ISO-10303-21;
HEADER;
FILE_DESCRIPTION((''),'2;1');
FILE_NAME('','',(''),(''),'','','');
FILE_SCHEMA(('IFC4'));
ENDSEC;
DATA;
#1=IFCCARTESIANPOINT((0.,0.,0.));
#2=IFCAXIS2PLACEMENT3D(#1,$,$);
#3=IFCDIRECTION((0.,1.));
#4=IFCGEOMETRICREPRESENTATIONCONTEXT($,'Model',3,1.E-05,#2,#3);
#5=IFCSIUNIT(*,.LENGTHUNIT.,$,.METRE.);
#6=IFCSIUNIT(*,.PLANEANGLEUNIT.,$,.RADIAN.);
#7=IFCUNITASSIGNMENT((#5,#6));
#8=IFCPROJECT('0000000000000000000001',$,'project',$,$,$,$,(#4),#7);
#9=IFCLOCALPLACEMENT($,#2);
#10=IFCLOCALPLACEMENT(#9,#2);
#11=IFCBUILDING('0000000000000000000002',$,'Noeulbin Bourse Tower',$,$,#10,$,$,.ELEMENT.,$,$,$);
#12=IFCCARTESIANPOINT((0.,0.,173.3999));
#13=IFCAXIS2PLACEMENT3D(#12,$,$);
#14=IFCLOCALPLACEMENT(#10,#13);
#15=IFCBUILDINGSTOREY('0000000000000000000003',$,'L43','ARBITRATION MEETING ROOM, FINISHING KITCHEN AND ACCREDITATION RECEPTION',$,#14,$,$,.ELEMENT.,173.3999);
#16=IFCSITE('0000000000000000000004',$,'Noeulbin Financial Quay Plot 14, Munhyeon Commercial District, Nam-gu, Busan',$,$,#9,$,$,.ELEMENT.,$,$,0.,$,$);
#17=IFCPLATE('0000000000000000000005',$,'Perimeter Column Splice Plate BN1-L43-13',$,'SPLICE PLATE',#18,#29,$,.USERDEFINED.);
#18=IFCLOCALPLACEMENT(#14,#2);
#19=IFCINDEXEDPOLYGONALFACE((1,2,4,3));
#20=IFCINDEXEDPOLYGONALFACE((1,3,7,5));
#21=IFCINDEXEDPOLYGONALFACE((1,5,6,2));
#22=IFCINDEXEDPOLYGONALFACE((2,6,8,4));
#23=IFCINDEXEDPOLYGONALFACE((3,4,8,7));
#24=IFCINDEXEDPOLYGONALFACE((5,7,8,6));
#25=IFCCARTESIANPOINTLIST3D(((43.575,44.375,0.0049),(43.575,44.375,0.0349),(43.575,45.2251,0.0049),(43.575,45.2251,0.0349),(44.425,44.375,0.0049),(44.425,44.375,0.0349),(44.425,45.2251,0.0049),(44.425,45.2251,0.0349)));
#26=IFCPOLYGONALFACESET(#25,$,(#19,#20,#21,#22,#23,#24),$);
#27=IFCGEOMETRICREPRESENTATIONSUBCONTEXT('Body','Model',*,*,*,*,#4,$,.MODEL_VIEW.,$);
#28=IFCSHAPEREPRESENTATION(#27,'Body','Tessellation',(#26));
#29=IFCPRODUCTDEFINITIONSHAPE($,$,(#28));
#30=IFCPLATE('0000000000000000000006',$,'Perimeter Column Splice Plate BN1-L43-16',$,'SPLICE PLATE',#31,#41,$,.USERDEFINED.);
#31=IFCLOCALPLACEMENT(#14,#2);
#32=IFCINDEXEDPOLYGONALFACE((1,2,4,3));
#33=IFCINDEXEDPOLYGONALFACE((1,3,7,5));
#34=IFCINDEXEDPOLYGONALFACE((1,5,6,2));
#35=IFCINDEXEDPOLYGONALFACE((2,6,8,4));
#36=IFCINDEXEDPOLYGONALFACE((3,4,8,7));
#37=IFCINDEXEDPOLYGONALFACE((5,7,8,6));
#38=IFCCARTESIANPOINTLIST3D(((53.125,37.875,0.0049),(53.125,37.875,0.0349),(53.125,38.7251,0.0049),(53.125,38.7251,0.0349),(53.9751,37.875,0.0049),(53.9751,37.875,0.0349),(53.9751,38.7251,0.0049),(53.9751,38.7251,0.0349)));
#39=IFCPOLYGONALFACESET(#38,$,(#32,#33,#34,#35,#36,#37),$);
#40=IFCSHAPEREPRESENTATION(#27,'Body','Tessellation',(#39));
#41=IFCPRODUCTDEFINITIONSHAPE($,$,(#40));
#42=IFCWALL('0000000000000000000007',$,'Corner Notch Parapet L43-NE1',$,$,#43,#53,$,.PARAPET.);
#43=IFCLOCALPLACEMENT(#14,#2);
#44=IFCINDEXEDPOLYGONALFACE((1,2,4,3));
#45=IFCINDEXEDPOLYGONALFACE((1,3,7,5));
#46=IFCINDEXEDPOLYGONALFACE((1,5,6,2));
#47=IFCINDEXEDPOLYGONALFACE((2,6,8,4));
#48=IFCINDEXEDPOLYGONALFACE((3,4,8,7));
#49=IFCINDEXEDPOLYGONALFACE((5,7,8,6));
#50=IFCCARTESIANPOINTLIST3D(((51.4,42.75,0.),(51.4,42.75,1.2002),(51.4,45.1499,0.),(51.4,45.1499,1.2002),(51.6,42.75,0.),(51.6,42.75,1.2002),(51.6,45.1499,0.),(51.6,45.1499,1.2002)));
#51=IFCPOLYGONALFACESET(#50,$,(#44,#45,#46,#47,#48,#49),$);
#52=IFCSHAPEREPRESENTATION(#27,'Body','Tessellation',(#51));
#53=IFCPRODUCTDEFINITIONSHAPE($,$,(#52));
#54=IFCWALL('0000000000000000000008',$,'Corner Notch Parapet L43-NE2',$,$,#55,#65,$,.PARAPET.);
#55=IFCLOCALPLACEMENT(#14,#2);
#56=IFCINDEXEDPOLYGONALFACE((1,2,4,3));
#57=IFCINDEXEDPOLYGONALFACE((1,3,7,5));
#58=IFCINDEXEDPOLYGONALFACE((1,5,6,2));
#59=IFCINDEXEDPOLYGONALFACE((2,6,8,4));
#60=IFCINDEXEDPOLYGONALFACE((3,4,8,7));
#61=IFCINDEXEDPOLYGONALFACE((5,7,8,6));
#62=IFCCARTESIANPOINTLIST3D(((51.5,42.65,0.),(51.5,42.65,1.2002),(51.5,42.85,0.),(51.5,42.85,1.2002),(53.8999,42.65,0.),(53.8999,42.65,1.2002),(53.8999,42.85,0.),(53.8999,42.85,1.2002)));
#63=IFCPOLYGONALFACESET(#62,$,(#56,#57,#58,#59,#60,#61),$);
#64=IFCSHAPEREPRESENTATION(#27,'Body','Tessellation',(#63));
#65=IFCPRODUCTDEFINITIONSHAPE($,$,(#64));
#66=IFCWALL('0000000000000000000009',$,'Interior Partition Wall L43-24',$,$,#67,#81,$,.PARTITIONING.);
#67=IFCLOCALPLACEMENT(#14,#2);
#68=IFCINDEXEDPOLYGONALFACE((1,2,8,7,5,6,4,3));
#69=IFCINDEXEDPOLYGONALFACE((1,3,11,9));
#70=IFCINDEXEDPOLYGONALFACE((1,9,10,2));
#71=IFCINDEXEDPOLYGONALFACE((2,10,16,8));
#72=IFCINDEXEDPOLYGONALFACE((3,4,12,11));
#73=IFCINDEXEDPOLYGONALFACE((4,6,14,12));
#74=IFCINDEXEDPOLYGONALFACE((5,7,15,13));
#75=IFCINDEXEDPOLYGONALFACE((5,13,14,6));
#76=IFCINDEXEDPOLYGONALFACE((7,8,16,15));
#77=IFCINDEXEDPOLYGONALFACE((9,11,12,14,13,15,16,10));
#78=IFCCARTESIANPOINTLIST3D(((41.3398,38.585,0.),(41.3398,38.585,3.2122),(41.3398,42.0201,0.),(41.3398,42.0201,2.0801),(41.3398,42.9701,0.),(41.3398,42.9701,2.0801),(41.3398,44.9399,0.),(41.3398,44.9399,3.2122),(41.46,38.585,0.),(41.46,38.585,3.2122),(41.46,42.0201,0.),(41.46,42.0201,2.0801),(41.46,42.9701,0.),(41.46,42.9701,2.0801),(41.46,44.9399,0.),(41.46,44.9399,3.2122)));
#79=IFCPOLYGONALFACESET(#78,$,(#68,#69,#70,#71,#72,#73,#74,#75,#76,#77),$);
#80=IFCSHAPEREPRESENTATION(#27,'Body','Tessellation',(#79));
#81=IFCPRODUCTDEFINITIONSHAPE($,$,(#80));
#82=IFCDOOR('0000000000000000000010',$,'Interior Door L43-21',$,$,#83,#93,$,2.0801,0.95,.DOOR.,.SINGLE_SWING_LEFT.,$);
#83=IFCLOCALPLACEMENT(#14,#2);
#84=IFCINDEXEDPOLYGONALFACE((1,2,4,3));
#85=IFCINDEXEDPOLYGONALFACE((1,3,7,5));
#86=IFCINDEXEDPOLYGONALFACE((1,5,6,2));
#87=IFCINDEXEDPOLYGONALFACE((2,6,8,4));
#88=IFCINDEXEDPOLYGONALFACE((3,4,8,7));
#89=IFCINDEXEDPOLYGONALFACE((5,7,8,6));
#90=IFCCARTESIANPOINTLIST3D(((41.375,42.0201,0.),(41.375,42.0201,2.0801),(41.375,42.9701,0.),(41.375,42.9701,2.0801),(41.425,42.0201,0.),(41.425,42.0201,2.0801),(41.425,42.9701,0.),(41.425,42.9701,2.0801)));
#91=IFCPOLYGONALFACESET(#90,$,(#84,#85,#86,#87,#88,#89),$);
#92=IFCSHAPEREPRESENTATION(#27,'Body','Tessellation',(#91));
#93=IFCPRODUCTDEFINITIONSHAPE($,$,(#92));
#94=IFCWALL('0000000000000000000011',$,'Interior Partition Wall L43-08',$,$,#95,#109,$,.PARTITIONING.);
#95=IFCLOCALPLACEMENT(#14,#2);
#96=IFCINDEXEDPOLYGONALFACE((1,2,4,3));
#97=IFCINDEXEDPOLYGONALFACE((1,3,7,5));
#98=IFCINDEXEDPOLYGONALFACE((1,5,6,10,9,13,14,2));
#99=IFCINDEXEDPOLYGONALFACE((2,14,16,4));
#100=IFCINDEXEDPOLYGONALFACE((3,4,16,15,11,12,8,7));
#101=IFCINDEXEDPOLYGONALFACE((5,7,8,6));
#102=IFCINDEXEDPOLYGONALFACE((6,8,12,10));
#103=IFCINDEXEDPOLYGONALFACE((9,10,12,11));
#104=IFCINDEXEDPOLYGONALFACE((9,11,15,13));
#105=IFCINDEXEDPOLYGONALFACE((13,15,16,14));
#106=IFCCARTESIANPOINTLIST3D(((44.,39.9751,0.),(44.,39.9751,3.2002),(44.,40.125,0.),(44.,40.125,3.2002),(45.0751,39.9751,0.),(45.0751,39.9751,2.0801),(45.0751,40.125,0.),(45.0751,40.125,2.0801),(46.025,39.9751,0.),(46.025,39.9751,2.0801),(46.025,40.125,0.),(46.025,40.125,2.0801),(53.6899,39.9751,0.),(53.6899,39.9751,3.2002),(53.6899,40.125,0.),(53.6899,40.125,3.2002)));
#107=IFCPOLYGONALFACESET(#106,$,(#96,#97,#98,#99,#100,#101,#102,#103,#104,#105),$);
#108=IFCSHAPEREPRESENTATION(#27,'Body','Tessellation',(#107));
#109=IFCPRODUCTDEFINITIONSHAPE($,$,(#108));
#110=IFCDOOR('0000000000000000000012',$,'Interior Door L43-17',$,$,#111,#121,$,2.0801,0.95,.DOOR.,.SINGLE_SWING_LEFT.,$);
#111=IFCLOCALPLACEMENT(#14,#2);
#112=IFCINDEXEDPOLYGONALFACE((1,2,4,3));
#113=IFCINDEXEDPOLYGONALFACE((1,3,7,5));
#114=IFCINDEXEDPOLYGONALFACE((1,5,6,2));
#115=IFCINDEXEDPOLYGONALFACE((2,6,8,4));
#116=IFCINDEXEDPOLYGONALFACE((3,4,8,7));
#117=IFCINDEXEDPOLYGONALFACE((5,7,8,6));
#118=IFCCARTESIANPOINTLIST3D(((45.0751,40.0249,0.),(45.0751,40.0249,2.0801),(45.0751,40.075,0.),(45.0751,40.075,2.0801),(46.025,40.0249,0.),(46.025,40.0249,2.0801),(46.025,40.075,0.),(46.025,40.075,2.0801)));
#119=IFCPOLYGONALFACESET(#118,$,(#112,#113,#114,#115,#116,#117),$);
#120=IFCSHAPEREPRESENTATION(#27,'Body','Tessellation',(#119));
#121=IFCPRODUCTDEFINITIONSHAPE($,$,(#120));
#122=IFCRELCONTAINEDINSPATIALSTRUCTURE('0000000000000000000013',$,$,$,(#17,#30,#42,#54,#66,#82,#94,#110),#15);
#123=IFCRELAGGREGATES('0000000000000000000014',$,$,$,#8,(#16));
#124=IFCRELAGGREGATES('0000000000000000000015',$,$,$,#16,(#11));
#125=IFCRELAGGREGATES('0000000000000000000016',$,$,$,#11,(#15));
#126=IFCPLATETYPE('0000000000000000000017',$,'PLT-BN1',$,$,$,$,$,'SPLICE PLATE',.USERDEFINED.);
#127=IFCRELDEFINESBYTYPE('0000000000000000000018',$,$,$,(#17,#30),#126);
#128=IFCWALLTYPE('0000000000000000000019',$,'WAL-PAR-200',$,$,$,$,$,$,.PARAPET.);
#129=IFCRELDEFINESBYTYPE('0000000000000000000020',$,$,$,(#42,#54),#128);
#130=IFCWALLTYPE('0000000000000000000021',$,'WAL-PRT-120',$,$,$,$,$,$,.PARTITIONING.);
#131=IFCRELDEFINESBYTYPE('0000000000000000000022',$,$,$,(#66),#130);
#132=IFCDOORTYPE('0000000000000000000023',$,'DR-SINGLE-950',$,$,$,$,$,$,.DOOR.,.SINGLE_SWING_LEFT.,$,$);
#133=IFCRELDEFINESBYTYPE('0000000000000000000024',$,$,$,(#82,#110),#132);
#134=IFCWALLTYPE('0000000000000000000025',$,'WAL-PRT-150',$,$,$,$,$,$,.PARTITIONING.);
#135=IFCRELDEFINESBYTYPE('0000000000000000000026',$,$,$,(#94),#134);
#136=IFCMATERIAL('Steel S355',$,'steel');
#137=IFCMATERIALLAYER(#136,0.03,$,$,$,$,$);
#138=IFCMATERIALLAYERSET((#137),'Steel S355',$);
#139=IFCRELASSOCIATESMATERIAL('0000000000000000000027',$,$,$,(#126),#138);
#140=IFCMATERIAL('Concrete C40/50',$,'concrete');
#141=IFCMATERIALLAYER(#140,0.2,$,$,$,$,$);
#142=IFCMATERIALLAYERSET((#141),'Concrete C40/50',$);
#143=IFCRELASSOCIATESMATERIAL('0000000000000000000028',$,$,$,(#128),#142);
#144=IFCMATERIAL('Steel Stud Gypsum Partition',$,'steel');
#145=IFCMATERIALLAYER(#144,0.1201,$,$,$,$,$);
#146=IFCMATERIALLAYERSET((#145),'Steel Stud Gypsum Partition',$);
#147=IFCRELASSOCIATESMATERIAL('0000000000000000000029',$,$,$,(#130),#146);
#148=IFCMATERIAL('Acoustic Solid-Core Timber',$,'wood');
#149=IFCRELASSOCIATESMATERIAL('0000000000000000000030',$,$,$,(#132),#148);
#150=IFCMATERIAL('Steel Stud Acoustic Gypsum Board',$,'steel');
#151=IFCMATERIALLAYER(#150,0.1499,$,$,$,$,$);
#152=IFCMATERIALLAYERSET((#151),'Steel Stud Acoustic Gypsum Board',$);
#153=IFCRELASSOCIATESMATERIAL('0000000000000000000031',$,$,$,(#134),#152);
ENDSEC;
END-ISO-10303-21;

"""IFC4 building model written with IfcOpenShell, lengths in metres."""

from ifc_helpers import new_model, si_unit, direction, frame, frame_2d, origin, origin_2d, place, context, subcontext, project, spatial, rectangle, extrude, material, layer, layer_set, type_object, element, fill, save


model = new_model("IFC4")

# Units and contexts
model_context = context("Model", 3, precision=1e-05, world=origin(), true_north=direction((0.0, 1.0)))
body_context = subcontext(model_context, "Body", "Model", "MODEL_VIEW")
ifc_project = project(units=[si_unit("LENGTHUNIT", "METRE"), si_unit("PLANEANGLEUNIT", "RADIAN")], contexts=[model_context])

# Site, building, storey
site_placement = place(None, origin())
site = spatial("IfcSite", under=ifc_project, at=site_placement, Name="Noeulbin Financial Quay Plot 14, Munhyeon Commercial District, Nam-gu, Busan", CompositionType="ELEMENT", RefElevation=0.0)
building_placement = place(site_placement, origin())
building = spatial("IfcBuilding", under=site, at=building_placement, Name="Noeulbin Bourse Tower", CompositionType="ELEMENT")
storey_placement = place(building_placement, frame((0.0, 0.0, 173.3999)))
storey = spatial("IfcBuildingStorey", under=building, at=storey_placement, Name="L43", Description="ARBITRATION MEETING ROOM, FINISHING KITCHEN AND ACCREDITATION RECEPTION", CompositionType="ELEMENT", Elevation=173.3999)

# Shared definitions
ifc_material_1 = material(Name="Steel S355", Category="steel")

# Plates
ifc_layer_1 = layer(ifc_material_1, 0.03)
ifc_layer_set_1 = layer_set([ifc_layer_1], Name="Steel S355")
plate_type_1 = type_object("IfcPlateType", Name="PLT-BN1", ElementType="SPLICE PLATE", PredefinedType="USERDEFINED", material=ifc_layer_set_1)
for number, where, z_axis, x_axis, name in (
    (1, (44.0, 44.8, 0.0049), (0.0, 0.0, 1.0), (1.0, 0.0, 0.0), "Perimeter Column Splice Plate BN1-L43-13"),
    (2, (53.55, 38.3, 0.0049), (0.0, 0.0, 1.0), (1.0, 0.0, 0.0), "Perimeter Column Splice Plate BN1-L43-16"),
):
    element("IfcPlate", number, at=place(storey_placement, frame(where, z_axis=z_axis, x_axis=x_axis)), inside=storey, type_object=plate_type_1, Name=name, ObjectType="SPLICE PLATE", PredefinedType="USERDEFINED", context=body_context, shape_type="SweptSolid", body=[
        extrude(rectangle(XDim=0.8501, YDim=0.8501, at=origin_2d()), origin(), (0.0, 0.0, 1.0), 0.03),
    ])

# Walls
ifc_material_2 = material(Name="Concrete C40/50", Category="concrete")
ifc_layer_2 = layer(ifc_material_2, 0.2)
ifc_layer_set_2 = layer_set([ifc_layer_2], Name="Concrete C40/50")
wall_type_1 = type_object("IfcWallType", Name="WAL-PAR-200", PredefinedType="PARAPET", material=ifc_layer_set_2)
for number, where, z_axis, x_axis, name in (
    (3, (51.5, 45.1499, 0.0), (0.0, 0.0, 1.0), (0.0, -1.0, 0.0), "Corner Notch Parapet L43-NE1"),
    (4, (51.5, 42.75, 0.0), (0.0, 0.0, 1.0), (1.0, 0.0, 0.0), "Corner Notch Parapet L43-NE2"),
):
    element("IfcWall", number, at=place(storey_placement, frame(where, z_axis=z_axis, x_axis=x_axis)), inside=storey, type_object=wall_type_1, Name=name, PredefinedType="PARAPET", context=body_context, shape_type="SweptSolid", body=[
        extrude(rectangle(XDim=2.3999, YDim=0.2, at=frame_2d((1.2, 0.0))), origin(), (0.0, 0.0, 1.0), 1.2002),
    ])

# Walls, openings, doors
ifc_material_3 = material(Name="Steel Stud Gypsum Partition", Category="steel")
ifc_layer_3 = layer(ifc_material_3, 0.1201)
ifc_layer_set_3 = layer_set([ifc_layer_3], Name="Steel Stud Gypsum Partition")
wall_type_2 = type_object("IfcWallType", Name="WAL-PRT-120", PredefinedType="PARTITIONING", material=ifc_layer_set_3)
wall_1_placement = place(storey_placement, frame((41.3999, 38.585, 0.0), z_axis=(0.0, 0.0, 1.0), x_axis=(0.0, 1.0, 0.0)))
wall_1 = element("IfcWall", 5, at=wall_1_placement, inside=storey, type_object=wall_type_2, Name="Interior Partition Wall L43-24", PredefinedType="PARTITIONING", context=body_context, shape_type="SweptSolid", body=[
    extrude(rectangle(XDim=6.355, YDim=0.1201, at=frame_2d((3.1775, 0.0))), origin(), (0.0, 0.0, 1.0), 3.2122),
])
opening_1_placement = place(wall_1_placement, frame((3.4351, 0.0, 0.0)))
opening_1 = element("IfcOpeningElement", 6, at=opening_1_placement, cuts=wall_1, PredefinedType="OPENING", context=body_context, shape_type="SweptSolid", body=[
    extrude(rectangle(XDim=0.95, YDim=2.0801, at=frame_2d((0.4751, 1.04))), frame((0.0, 0.0701, 0.0), z_axis=(0.0, -1.0, 0.0), x_axis=(1.0, 0.0, 0.0)), (0.0, 0.0, 1.0), 0.1401),
])
ifc_material_4 = material(Name="Acoustic Solid-Core Timber", Category="wood")
door_type = type_object("IfcDoorType", Name="DR-SINGLE-950", OperationType="SINGLE_SWING_LEFT", PredefinedType="DOOR", material=ifc_material_4)
door_1_placement = place(opening_1_placement, origin())
door_1 = element("IfcDoor", 7, at=door_1_placement, inside=storey, type_object=door_type, Name="Interior Door L43-21", OperationType="SINGLE_SWING_LEFT", OverallHeight=2.0801, OverallWidth=0.95, PredefinedType="DOOR", context=body_context, shape_type="SweptSolid", body=[
    extrude(rectangle(XDim=0.95, YDim=2.0801, at=frame_2d((0.4751, 1.04))), frame((0.0, 0.0249, 0.0), z_axis=(0.0, -1.0, 0.0), x_axis=(1.0, 0.0, 0.0)), (0.0, 0.0, 1.0), 0.05),
])
fill(opening_1, door_1)
ifc_material_5 = material(Name="Steel Stud Acoustic Gypsum Board", Category="steel")
ifc_layer_4 = layer(ifc_material_5, 0.1499)
ifc_layer_set_4 = layer_set([ifc_layer_4], Name="Steel Stud Acoustic Gypsum Board")
wall_type_3 = type_object("IfcWallType", Name="WAL-PRT-150", PredefinedType="PARTITIONING", material=ifc_layer_set_4)
wall_2_placement = place(storey_placement, frame((44.0, 40.05, 0.0), z_axis=(0.0, 0.0, 1.0), x_axis=(1.0, 0.0, 0.0)))
wall_2 = element("IfcWall", 8, at=wall_2_placement, inside=storey, type_object=wall_type_3, Name="Interior Partition Wall L43-08", PredefinedType="PARTITIONING", context=body_context, shape_type="SweptSolid", body=[
    extrude(rectangle(XDim=9.6899, YDim=0.1499, at=frame_2d((4.845, 0.0))), origin(), (0.0, 0.0, 1.0), 3.2002),
])
opening_2_placement = place(wall_2_placement, frame((1.075, 0.0, 0.0)))
opening_2 = element("IfcOpeningElement", 9, at=opening_2_placement, cuts=wall_2, PredefinedType="OPENING", context=body_context, shape_type="SweptSolid", body=[
    extrude(rectangle(XDim=0.95, YDim=2.0801, at=frame_2d((0.4751, 1.04))), frame((0.0, 0.085, 0.0), z_axis=(0.0, -1.0, 0.0), x_axis=(1.0, 0.0, 0.0)), (0.0, 0.0, 1.0), 0.1699),
])
door_2_placement = place(opening_2_placement, origin())
door_2 = element("IfcDoor", 10, at=door_2_placement, inside=storey, type_object=door_type, Name="Interior Door L43-17", OperationType="SINGLE_SWING_LEFT", OverallHeight=2.0801, OverallWidth=0.95, PredefinedType="DOOR", context=body_context, shape_type="SweptSolid", body=[
    extrude(rectangle(XDim=0.95, YDim=2.0801, at=frame_2d((0.4751, 1.04))), frame((0.0, 0.0249, 0.0), z_axis=(0.0, -1.0, 0.0), x_axis=(1.0, 0.0, 0.0)), (0.0, 0.0, 1.0), 0.05),
])
fill(opening_2, door_2)

save(model, "model.ifc")
